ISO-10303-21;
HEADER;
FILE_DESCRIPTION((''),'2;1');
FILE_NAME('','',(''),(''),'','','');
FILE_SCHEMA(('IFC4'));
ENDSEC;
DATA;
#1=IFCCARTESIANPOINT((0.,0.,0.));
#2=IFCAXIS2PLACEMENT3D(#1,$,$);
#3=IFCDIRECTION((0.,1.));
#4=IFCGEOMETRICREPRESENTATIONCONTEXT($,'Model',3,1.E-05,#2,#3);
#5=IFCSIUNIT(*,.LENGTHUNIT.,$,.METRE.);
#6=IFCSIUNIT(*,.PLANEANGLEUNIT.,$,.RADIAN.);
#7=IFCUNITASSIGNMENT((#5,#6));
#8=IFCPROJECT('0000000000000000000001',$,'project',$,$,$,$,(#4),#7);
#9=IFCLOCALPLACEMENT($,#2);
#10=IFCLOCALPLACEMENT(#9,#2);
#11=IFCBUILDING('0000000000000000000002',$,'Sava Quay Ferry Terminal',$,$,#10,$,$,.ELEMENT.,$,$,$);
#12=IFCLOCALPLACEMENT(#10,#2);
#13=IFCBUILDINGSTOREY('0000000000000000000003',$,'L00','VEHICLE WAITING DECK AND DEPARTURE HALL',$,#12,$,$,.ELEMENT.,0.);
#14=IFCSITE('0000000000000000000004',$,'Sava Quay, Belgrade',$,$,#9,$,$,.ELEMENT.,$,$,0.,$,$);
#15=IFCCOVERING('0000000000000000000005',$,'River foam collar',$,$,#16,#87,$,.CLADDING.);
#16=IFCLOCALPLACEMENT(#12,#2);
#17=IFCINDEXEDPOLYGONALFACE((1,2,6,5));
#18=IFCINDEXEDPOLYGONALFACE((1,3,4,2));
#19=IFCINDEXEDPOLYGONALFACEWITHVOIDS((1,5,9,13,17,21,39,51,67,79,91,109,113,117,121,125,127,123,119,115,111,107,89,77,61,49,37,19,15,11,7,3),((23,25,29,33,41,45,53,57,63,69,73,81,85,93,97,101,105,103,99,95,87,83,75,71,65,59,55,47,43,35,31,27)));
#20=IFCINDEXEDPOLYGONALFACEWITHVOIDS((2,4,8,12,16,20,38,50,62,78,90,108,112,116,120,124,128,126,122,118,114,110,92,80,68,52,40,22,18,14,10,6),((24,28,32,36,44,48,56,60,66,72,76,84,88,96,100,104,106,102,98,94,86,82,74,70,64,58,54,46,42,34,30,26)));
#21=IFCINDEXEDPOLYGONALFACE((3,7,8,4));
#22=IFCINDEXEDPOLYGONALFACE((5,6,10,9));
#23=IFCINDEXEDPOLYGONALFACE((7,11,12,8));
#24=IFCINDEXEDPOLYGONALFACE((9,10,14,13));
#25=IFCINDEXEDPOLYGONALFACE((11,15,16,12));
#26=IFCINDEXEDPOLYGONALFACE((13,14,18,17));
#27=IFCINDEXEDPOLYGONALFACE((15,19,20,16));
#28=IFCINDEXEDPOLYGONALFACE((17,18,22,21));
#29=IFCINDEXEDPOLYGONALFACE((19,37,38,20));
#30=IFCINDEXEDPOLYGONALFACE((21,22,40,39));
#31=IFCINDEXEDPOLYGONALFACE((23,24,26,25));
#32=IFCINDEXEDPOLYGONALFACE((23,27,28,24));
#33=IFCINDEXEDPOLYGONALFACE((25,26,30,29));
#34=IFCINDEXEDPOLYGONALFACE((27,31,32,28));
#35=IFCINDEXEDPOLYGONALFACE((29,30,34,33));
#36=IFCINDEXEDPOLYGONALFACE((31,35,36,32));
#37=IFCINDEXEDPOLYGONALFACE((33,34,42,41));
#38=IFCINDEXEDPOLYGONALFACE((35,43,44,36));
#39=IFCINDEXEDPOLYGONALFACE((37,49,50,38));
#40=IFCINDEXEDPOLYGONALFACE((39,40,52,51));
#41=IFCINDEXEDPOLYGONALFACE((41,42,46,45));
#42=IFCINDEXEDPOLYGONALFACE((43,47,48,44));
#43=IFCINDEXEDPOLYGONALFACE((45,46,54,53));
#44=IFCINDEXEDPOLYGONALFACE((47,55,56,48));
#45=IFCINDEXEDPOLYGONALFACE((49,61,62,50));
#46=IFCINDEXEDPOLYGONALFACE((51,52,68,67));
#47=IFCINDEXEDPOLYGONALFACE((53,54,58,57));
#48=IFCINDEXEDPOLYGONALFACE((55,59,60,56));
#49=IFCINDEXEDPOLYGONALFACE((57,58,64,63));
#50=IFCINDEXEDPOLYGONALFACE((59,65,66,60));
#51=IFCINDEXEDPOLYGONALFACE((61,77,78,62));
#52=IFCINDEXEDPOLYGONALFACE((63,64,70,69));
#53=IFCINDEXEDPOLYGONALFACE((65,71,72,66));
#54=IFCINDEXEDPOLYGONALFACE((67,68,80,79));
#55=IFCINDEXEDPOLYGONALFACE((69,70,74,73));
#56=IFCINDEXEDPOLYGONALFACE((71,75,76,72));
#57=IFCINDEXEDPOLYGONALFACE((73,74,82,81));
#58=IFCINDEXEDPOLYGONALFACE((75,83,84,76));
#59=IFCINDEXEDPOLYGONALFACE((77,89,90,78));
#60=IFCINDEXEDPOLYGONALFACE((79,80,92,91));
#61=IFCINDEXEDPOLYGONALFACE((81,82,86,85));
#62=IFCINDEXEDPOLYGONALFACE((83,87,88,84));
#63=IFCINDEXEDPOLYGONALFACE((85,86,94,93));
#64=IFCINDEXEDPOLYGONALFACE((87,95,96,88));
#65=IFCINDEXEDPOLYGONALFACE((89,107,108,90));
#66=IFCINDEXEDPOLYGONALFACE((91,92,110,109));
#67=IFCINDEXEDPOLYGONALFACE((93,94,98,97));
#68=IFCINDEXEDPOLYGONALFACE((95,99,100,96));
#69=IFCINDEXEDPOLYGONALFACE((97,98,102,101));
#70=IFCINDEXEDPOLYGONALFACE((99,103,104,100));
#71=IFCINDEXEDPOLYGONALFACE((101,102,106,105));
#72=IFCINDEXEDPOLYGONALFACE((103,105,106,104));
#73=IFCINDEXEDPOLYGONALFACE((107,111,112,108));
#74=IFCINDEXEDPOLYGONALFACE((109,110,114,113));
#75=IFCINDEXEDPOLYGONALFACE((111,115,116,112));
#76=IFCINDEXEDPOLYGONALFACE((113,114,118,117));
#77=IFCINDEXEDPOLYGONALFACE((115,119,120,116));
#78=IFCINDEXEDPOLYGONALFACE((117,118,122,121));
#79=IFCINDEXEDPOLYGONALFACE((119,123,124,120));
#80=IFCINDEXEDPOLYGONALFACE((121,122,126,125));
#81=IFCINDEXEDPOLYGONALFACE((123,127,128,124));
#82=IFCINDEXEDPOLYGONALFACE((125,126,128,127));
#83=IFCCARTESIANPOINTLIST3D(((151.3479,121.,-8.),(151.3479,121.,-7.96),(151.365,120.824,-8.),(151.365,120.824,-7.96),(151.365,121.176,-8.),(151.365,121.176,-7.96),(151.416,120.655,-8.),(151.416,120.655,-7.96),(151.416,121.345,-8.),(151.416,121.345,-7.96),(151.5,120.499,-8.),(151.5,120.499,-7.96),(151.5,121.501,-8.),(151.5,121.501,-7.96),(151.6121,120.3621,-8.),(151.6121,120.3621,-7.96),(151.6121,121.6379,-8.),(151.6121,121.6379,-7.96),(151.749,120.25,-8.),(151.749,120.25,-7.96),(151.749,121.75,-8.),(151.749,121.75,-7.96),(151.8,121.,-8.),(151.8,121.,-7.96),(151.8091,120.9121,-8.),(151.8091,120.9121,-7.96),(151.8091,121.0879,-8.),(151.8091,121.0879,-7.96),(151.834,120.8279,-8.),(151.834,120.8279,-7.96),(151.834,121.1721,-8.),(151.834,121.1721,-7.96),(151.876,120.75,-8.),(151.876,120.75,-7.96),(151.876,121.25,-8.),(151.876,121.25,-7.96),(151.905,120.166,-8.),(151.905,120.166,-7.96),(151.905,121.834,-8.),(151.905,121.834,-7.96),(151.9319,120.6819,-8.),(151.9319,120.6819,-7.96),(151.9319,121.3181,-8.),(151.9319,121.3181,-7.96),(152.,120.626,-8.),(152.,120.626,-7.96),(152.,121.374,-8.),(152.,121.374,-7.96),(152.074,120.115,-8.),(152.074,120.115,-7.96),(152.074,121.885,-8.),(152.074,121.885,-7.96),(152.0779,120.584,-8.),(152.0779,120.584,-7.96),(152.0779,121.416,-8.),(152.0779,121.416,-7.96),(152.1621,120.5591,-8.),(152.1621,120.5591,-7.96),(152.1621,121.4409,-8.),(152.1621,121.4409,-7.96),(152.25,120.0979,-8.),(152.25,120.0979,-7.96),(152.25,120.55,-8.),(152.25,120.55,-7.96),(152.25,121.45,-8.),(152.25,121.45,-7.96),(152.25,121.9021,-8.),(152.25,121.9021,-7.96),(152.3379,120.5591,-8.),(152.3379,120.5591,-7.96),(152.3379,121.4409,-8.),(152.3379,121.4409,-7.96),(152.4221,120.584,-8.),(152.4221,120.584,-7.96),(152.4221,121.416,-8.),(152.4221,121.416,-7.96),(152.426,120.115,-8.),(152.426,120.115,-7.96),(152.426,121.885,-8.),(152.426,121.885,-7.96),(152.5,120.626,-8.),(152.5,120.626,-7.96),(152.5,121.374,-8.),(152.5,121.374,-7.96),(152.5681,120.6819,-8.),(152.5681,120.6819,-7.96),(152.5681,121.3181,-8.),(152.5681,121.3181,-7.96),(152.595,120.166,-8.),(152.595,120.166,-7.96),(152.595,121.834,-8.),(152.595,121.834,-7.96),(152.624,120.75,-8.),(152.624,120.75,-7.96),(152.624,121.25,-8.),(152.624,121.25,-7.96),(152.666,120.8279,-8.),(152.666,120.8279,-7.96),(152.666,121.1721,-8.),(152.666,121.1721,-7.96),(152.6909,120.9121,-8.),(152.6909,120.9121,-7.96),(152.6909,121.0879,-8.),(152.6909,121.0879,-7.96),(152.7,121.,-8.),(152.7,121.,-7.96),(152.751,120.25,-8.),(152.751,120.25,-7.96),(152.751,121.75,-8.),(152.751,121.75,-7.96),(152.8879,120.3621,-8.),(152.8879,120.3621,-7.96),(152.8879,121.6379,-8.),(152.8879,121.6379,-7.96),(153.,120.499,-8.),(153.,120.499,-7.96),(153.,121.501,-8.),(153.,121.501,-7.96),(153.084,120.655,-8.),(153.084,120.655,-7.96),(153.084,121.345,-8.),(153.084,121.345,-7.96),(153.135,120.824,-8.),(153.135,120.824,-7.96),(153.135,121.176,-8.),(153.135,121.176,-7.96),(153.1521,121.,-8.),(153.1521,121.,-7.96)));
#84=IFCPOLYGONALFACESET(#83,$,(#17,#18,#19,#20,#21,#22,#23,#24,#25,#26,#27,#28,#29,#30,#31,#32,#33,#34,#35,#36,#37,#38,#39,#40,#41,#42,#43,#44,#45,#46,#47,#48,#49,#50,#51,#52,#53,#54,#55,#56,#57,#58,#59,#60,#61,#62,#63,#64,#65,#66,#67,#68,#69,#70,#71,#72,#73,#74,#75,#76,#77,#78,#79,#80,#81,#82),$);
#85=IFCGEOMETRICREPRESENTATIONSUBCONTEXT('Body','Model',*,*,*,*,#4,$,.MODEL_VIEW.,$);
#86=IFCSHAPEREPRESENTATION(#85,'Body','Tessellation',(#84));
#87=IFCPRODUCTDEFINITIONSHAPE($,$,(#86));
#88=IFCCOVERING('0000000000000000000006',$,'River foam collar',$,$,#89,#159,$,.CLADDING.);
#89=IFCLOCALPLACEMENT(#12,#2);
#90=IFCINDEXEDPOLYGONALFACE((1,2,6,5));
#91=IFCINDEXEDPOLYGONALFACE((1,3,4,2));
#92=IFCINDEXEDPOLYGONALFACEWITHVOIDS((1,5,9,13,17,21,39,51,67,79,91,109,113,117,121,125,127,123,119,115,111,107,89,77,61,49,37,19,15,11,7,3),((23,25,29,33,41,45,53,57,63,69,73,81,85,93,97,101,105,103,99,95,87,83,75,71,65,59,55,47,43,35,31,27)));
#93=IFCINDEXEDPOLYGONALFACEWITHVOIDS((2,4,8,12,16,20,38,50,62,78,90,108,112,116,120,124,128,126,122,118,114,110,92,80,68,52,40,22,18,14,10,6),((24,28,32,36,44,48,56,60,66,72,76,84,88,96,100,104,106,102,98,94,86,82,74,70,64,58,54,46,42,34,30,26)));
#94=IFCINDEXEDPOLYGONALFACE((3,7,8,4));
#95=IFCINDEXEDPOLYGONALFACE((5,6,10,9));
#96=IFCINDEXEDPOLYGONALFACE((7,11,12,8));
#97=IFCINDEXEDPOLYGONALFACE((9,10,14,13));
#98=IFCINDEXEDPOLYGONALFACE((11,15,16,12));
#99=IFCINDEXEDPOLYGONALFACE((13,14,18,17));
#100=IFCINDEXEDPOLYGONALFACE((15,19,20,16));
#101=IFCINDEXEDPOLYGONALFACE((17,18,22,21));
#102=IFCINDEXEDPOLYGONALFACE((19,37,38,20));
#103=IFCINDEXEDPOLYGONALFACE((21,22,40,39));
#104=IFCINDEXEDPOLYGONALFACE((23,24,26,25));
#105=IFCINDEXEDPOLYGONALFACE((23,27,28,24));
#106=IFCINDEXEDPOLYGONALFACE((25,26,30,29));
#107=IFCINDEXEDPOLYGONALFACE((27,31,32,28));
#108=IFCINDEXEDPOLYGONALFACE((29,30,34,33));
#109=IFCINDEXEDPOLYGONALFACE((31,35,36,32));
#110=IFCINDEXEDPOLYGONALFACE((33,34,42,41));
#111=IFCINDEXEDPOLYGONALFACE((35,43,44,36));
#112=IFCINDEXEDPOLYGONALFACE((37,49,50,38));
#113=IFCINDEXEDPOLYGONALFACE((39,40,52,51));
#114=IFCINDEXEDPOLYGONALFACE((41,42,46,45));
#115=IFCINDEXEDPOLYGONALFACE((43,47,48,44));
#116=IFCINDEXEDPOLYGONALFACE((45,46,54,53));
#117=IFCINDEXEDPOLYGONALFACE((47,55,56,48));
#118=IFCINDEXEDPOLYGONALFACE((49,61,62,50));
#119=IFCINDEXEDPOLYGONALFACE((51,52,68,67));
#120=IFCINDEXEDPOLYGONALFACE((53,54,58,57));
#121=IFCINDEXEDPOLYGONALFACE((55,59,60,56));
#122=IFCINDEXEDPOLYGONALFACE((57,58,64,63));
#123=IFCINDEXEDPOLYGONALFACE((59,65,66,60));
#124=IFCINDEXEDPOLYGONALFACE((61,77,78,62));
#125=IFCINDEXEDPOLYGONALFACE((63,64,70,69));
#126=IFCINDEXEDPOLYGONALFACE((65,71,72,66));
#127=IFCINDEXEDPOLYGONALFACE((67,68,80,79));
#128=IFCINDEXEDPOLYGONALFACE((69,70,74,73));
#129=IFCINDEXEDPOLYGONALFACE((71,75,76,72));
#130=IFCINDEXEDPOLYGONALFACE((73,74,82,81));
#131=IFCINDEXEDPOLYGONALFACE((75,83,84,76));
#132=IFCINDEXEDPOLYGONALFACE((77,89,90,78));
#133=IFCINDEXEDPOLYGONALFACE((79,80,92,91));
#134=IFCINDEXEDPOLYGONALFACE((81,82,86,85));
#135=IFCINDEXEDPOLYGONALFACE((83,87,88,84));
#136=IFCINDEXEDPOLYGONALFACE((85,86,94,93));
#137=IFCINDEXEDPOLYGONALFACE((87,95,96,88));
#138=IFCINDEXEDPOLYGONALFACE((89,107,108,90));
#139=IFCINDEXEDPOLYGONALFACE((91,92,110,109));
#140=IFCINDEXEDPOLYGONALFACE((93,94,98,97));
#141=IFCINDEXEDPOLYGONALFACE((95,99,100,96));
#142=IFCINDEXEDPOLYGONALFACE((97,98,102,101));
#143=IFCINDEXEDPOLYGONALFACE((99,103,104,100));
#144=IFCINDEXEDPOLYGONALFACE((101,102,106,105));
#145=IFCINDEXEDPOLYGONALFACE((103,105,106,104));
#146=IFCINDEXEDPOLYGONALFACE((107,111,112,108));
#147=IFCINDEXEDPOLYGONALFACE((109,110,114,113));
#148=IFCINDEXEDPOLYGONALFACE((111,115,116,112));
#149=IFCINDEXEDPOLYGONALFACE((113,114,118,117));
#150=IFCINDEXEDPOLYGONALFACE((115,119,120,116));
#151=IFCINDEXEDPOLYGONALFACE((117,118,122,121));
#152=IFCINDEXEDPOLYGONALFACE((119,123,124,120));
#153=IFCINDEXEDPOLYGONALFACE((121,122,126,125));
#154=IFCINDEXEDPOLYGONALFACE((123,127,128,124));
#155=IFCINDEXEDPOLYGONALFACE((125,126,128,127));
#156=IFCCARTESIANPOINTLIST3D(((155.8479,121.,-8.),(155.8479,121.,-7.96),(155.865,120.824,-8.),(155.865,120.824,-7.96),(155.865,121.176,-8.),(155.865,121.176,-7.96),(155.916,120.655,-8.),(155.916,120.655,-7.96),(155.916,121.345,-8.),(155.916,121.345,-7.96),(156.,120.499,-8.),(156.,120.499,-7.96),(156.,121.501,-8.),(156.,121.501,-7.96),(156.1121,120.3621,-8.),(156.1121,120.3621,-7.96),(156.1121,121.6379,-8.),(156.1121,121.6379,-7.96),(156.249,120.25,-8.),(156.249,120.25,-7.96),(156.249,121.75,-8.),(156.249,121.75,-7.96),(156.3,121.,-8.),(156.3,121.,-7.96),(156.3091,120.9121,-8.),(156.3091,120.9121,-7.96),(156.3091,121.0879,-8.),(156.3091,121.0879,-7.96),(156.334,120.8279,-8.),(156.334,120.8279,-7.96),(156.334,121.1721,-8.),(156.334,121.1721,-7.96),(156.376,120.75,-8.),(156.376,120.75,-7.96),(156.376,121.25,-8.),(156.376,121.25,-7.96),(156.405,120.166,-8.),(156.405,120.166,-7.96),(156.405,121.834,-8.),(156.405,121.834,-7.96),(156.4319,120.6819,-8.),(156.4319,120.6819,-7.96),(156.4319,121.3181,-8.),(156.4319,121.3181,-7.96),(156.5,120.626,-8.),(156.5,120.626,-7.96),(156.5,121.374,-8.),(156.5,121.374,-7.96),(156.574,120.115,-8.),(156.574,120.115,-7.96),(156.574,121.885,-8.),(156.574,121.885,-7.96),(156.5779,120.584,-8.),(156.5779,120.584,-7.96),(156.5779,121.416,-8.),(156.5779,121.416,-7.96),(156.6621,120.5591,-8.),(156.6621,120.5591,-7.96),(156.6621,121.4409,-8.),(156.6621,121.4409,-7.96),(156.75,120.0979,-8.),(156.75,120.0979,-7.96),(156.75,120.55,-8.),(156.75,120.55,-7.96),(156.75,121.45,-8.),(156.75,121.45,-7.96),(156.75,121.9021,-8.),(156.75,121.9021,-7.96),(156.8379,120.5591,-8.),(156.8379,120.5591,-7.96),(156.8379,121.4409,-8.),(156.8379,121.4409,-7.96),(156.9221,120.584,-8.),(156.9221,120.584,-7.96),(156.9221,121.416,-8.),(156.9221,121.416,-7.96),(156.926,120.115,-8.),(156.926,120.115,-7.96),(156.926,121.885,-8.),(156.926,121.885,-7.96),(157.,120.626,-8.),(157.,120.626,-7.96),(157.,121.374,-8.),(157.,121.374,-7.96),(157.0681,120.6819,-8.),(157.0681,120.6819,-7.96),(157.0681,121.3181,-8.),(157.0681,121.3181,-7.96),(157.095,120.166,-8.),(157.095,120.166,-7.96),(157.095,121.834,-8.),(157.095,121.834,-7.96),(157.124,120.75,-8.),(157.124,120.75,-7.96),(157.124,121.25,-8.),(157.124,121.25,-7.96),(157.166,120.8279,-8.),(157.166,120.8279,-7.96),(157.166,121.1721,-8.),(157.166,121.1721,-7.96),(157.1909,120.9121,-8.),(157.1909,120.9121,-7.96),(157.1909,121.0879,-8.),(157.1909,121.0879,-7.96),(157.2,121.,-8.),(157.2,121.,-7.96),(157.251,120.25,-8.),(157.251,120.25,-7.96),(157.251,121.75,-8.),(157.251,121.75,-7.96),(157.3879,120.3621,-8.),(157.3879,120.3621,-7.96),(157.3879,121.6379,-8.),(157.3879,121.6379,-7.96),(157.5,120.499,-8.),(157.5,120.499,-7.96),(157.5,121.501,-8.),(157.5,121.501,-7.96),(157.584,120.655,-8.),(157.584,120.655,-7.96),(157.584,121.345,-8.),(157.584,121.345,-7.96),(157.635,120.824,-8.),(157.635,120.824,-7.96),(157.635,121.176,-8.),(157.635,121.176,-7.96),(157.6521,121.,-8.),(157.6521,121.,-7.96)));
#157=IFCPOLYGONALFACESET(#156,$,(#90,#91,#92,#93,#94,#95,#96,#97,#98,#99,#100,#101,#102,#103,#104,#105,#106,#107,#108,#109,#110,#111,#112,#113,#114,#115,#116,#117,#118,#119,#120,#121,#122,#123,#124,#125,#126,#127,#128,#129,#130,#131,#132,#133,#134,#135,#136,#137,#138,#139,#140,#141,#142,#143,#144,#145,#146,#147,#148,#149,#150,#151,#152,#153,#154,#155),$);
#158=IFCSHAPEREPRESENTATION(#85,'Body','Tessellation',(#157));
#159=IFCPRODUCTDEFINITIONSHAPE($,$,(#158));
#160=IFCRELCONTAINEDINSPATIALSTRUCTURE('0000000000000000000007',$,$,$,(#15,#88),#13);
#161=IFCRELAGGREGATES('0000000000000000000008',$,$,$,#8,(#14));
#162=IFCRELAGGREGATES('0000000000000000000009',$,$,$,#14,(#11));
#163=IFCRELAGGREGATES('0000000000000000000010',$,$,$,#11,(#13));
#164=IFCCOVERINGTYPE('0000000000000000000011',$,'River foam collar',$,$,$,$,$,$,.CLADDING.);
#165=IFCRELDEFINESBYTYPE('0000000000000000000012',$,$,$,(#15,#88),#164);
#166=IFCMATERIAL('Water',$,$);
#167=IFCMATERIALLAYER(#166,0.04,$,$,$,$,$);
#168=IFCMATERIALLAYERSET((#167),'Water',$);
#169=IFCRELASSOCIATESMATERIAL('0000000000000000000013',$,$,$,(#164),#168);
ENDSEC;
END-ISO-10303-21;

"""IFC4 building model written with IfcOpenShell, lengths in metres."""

from ifc_helpers import new_model, si_unit, direction, frame, origin, place, context, subcontext, project, spatial, polyline, outline, extrude, material, layer, layer_set, type_object, element, save


model = new_model("IFC4")

# Units and contexts
model_context = context("Model", 3, precision=1e-05, world=origin(), true_north=direction((0.0, 1.0)))
body_context = subcontext(model_context, "Body", "Model", "MODEL_VIEW")
ifc_project = project(units=[si_unit("LENGTHUNIT", "METRE"), si_unit("PLANEANGLEUNIT", "RADIAN")], contexts=[model_context])

# Site, building, storey
site_placement = place(None, origin())
site = spatial("IfcSite", under=ifc_project, at=site_placement, Name="Sava Quay, Belgrade", CompositionType="ELEMENT", RefElevation=0.0)
building_placement = place(site_placement, origin())
building = spatial("IfcBuilding", under=site, at=building_placement, Name="Sava Quay Ferry Terminal", CompositionType="ELEMENT")
storey_placement = place(building_placement, origin())
storey = spatial("IfcBuildingStorey", under=building, at=storey_placement, Name="L00", Description="VEHICLE WAITING DECK AND DEPARTURE HALL", CompositionType="ELEMENT", Elevation=0.0)

# Coverings
ifc_material = material(Name="Water")
ifc_layer = layer(ifc_material, 0.04)
ifc_layer_set = layer_set([ifc_layer], Name="Water")
covering_type = type_object("IfcCoveringType", Name="River foam collar", PredefinedType="CLADDING", material=ifc_layer_set)
covering_1_placement = place(storey_placement, frame((0.0, 0.0, -8.0)))
element("IfcCovering", 1, at=covering_1_placement, inside=storey, type_object=covering_type, Name="River foam collar", PredefinedType="CLADDING", context=body_context, shape_type="SweptSolid", body=[
    extrude(outline(polyline([(151.365, 120.824), (151.416, 120.655), (151.5, 120.499), (151.6121, 120.3621), (151.749, 120.25), (151.905, 120.166), (152.074, 120.115), (152.25, 120.0979), (152.426, 120.115), (152.595, 120.166), (152.751, 120.25), (152.8879, 120.3621), (153.0, 120.499), (153.084, 120.655), (153.135, 120.824), (153.1521, 121.0), (153.135, 121.176), (153.084, 121.345), (153.0, 121.501), (152.8879, 121.6379), (152.751, 121.75), (152.595, 121.834), (152.426, 121.885), (152.25, 121.9021), (152.074, 121.885), (151.905, 121.834), (151.749, 121.75), (151.6121, 121.6379), (151.5, 121.501), (151.416, 121.345), (151.365, 121.176), (151.3479, 121.0), (151.365, 120.824)]), holes=[polyline([(151.8091, 121.0879), (151.834, 121.1721), (151.876, 121.25), (151.9319, 121.3181), (152.0, 121.374), (152.0779, 121.416), (152.1621, 121.4409), (152.25, 121.45), (152.3379, 121.4409), (152.4221, 121.416), (152.5, 121.374), (152.5681, 121.3181), (152.624, 121.25), (152.666, 121.1721), (152.6909, 121.0879), (152.7, 121.0), (152.6909, 120.9121), (152.666, 120.8279), (152.624, 120.75), (152.5681, 120.6819), (152.5, 120.626), (152.4221, 120.584), (152.3379, 120.5591), (152.25, 120.55), (152.1621, 120.5591), (152.0779, 120.584), (152.0, 120.626), (151.9319, 120.6819), (151.876, 120.75), (151.834, 120.8279), (151.8091, 120.9121), (151.8, 121.0), (151.8091, 121.0879)])]), origin(), (0.0, 0.0, 1.0), 0.04),
])
covering_2_placement = place(storey_placement, frame((0.0, 0.0, -8.0)))
element("IfcCovering", 2, at=covering_2_placement, inside=storey, type_object=covering_type, Name="River foam collar", PredefinedType="CLADDING", context=body_context, shape_type="SweptSolid", body=[
    extrude(outline(polyline([(155.8479, 121.0), (155.865, 120.824), (155.916, 120.655), (156.0, 120.499), (156.1121, 120.3621), (156.249, 120.25), (156.405, 120.166), (156.574, 120.115), (156.75, 120.0979), (156.926, 120.115), (157.095, 120.166), (157.251, 120.25), (157.3879, 120.3621), (157.5, 120.499), (157.584, 120.655), (157.635, 120.824), (157.6521, 121.0), (157.635, 121.176), (157.584, 121.345), (157.5, 121.501), (157.3879, 121.6379), (157.251, 121.75), (157.095, 121.834), (156.926, 121.885), (156.75, 121.9021), (156.574, 121.885), (156.405, 121.834), (156.249, 121.75), (156.1121, 121.6379), (156.0, 121.501), (155.916, 121.345), (155.865, 121.176), (155.8479, 121.0)]), holes=[polyline([(156.3, 121.0), (156.3091, 121.0879), (156.334, 121.1721), (156.376, 121.25), (156.4319, 121.3181), (156.5, 121.374), (156.5779, 121.416), (156.6621, 121.4409), (156.75, 121.45), (156.8379, 121.4409), (156.9221, 121.416), (157.0, 121.374), (157.0681, 121.3181), (157.124, 121.25), (157.166, 121.1721), (157.1909, 121.0879), (157.2, 121.0), (157.1909, 120.9121), (157.166, 120.8279), (157.124, 120.75), (157.0681, 120.6819), (157.0, 120.626), (156.9221, 120.584), (156.8379, 120.5591), (156.75, 120.55), (156.6621, 120.5591), (156.5779, 120.584), (156.5, 120.626), (156.4319, 120.6819), (156.376, 120.75), (156.334, 120.8279), (156.3091, 120.9121), (156.3, 121.0)])]), origin(), (0.0, 0.0, 1.0), 0.04),
])

save(model, "model.ifc")
